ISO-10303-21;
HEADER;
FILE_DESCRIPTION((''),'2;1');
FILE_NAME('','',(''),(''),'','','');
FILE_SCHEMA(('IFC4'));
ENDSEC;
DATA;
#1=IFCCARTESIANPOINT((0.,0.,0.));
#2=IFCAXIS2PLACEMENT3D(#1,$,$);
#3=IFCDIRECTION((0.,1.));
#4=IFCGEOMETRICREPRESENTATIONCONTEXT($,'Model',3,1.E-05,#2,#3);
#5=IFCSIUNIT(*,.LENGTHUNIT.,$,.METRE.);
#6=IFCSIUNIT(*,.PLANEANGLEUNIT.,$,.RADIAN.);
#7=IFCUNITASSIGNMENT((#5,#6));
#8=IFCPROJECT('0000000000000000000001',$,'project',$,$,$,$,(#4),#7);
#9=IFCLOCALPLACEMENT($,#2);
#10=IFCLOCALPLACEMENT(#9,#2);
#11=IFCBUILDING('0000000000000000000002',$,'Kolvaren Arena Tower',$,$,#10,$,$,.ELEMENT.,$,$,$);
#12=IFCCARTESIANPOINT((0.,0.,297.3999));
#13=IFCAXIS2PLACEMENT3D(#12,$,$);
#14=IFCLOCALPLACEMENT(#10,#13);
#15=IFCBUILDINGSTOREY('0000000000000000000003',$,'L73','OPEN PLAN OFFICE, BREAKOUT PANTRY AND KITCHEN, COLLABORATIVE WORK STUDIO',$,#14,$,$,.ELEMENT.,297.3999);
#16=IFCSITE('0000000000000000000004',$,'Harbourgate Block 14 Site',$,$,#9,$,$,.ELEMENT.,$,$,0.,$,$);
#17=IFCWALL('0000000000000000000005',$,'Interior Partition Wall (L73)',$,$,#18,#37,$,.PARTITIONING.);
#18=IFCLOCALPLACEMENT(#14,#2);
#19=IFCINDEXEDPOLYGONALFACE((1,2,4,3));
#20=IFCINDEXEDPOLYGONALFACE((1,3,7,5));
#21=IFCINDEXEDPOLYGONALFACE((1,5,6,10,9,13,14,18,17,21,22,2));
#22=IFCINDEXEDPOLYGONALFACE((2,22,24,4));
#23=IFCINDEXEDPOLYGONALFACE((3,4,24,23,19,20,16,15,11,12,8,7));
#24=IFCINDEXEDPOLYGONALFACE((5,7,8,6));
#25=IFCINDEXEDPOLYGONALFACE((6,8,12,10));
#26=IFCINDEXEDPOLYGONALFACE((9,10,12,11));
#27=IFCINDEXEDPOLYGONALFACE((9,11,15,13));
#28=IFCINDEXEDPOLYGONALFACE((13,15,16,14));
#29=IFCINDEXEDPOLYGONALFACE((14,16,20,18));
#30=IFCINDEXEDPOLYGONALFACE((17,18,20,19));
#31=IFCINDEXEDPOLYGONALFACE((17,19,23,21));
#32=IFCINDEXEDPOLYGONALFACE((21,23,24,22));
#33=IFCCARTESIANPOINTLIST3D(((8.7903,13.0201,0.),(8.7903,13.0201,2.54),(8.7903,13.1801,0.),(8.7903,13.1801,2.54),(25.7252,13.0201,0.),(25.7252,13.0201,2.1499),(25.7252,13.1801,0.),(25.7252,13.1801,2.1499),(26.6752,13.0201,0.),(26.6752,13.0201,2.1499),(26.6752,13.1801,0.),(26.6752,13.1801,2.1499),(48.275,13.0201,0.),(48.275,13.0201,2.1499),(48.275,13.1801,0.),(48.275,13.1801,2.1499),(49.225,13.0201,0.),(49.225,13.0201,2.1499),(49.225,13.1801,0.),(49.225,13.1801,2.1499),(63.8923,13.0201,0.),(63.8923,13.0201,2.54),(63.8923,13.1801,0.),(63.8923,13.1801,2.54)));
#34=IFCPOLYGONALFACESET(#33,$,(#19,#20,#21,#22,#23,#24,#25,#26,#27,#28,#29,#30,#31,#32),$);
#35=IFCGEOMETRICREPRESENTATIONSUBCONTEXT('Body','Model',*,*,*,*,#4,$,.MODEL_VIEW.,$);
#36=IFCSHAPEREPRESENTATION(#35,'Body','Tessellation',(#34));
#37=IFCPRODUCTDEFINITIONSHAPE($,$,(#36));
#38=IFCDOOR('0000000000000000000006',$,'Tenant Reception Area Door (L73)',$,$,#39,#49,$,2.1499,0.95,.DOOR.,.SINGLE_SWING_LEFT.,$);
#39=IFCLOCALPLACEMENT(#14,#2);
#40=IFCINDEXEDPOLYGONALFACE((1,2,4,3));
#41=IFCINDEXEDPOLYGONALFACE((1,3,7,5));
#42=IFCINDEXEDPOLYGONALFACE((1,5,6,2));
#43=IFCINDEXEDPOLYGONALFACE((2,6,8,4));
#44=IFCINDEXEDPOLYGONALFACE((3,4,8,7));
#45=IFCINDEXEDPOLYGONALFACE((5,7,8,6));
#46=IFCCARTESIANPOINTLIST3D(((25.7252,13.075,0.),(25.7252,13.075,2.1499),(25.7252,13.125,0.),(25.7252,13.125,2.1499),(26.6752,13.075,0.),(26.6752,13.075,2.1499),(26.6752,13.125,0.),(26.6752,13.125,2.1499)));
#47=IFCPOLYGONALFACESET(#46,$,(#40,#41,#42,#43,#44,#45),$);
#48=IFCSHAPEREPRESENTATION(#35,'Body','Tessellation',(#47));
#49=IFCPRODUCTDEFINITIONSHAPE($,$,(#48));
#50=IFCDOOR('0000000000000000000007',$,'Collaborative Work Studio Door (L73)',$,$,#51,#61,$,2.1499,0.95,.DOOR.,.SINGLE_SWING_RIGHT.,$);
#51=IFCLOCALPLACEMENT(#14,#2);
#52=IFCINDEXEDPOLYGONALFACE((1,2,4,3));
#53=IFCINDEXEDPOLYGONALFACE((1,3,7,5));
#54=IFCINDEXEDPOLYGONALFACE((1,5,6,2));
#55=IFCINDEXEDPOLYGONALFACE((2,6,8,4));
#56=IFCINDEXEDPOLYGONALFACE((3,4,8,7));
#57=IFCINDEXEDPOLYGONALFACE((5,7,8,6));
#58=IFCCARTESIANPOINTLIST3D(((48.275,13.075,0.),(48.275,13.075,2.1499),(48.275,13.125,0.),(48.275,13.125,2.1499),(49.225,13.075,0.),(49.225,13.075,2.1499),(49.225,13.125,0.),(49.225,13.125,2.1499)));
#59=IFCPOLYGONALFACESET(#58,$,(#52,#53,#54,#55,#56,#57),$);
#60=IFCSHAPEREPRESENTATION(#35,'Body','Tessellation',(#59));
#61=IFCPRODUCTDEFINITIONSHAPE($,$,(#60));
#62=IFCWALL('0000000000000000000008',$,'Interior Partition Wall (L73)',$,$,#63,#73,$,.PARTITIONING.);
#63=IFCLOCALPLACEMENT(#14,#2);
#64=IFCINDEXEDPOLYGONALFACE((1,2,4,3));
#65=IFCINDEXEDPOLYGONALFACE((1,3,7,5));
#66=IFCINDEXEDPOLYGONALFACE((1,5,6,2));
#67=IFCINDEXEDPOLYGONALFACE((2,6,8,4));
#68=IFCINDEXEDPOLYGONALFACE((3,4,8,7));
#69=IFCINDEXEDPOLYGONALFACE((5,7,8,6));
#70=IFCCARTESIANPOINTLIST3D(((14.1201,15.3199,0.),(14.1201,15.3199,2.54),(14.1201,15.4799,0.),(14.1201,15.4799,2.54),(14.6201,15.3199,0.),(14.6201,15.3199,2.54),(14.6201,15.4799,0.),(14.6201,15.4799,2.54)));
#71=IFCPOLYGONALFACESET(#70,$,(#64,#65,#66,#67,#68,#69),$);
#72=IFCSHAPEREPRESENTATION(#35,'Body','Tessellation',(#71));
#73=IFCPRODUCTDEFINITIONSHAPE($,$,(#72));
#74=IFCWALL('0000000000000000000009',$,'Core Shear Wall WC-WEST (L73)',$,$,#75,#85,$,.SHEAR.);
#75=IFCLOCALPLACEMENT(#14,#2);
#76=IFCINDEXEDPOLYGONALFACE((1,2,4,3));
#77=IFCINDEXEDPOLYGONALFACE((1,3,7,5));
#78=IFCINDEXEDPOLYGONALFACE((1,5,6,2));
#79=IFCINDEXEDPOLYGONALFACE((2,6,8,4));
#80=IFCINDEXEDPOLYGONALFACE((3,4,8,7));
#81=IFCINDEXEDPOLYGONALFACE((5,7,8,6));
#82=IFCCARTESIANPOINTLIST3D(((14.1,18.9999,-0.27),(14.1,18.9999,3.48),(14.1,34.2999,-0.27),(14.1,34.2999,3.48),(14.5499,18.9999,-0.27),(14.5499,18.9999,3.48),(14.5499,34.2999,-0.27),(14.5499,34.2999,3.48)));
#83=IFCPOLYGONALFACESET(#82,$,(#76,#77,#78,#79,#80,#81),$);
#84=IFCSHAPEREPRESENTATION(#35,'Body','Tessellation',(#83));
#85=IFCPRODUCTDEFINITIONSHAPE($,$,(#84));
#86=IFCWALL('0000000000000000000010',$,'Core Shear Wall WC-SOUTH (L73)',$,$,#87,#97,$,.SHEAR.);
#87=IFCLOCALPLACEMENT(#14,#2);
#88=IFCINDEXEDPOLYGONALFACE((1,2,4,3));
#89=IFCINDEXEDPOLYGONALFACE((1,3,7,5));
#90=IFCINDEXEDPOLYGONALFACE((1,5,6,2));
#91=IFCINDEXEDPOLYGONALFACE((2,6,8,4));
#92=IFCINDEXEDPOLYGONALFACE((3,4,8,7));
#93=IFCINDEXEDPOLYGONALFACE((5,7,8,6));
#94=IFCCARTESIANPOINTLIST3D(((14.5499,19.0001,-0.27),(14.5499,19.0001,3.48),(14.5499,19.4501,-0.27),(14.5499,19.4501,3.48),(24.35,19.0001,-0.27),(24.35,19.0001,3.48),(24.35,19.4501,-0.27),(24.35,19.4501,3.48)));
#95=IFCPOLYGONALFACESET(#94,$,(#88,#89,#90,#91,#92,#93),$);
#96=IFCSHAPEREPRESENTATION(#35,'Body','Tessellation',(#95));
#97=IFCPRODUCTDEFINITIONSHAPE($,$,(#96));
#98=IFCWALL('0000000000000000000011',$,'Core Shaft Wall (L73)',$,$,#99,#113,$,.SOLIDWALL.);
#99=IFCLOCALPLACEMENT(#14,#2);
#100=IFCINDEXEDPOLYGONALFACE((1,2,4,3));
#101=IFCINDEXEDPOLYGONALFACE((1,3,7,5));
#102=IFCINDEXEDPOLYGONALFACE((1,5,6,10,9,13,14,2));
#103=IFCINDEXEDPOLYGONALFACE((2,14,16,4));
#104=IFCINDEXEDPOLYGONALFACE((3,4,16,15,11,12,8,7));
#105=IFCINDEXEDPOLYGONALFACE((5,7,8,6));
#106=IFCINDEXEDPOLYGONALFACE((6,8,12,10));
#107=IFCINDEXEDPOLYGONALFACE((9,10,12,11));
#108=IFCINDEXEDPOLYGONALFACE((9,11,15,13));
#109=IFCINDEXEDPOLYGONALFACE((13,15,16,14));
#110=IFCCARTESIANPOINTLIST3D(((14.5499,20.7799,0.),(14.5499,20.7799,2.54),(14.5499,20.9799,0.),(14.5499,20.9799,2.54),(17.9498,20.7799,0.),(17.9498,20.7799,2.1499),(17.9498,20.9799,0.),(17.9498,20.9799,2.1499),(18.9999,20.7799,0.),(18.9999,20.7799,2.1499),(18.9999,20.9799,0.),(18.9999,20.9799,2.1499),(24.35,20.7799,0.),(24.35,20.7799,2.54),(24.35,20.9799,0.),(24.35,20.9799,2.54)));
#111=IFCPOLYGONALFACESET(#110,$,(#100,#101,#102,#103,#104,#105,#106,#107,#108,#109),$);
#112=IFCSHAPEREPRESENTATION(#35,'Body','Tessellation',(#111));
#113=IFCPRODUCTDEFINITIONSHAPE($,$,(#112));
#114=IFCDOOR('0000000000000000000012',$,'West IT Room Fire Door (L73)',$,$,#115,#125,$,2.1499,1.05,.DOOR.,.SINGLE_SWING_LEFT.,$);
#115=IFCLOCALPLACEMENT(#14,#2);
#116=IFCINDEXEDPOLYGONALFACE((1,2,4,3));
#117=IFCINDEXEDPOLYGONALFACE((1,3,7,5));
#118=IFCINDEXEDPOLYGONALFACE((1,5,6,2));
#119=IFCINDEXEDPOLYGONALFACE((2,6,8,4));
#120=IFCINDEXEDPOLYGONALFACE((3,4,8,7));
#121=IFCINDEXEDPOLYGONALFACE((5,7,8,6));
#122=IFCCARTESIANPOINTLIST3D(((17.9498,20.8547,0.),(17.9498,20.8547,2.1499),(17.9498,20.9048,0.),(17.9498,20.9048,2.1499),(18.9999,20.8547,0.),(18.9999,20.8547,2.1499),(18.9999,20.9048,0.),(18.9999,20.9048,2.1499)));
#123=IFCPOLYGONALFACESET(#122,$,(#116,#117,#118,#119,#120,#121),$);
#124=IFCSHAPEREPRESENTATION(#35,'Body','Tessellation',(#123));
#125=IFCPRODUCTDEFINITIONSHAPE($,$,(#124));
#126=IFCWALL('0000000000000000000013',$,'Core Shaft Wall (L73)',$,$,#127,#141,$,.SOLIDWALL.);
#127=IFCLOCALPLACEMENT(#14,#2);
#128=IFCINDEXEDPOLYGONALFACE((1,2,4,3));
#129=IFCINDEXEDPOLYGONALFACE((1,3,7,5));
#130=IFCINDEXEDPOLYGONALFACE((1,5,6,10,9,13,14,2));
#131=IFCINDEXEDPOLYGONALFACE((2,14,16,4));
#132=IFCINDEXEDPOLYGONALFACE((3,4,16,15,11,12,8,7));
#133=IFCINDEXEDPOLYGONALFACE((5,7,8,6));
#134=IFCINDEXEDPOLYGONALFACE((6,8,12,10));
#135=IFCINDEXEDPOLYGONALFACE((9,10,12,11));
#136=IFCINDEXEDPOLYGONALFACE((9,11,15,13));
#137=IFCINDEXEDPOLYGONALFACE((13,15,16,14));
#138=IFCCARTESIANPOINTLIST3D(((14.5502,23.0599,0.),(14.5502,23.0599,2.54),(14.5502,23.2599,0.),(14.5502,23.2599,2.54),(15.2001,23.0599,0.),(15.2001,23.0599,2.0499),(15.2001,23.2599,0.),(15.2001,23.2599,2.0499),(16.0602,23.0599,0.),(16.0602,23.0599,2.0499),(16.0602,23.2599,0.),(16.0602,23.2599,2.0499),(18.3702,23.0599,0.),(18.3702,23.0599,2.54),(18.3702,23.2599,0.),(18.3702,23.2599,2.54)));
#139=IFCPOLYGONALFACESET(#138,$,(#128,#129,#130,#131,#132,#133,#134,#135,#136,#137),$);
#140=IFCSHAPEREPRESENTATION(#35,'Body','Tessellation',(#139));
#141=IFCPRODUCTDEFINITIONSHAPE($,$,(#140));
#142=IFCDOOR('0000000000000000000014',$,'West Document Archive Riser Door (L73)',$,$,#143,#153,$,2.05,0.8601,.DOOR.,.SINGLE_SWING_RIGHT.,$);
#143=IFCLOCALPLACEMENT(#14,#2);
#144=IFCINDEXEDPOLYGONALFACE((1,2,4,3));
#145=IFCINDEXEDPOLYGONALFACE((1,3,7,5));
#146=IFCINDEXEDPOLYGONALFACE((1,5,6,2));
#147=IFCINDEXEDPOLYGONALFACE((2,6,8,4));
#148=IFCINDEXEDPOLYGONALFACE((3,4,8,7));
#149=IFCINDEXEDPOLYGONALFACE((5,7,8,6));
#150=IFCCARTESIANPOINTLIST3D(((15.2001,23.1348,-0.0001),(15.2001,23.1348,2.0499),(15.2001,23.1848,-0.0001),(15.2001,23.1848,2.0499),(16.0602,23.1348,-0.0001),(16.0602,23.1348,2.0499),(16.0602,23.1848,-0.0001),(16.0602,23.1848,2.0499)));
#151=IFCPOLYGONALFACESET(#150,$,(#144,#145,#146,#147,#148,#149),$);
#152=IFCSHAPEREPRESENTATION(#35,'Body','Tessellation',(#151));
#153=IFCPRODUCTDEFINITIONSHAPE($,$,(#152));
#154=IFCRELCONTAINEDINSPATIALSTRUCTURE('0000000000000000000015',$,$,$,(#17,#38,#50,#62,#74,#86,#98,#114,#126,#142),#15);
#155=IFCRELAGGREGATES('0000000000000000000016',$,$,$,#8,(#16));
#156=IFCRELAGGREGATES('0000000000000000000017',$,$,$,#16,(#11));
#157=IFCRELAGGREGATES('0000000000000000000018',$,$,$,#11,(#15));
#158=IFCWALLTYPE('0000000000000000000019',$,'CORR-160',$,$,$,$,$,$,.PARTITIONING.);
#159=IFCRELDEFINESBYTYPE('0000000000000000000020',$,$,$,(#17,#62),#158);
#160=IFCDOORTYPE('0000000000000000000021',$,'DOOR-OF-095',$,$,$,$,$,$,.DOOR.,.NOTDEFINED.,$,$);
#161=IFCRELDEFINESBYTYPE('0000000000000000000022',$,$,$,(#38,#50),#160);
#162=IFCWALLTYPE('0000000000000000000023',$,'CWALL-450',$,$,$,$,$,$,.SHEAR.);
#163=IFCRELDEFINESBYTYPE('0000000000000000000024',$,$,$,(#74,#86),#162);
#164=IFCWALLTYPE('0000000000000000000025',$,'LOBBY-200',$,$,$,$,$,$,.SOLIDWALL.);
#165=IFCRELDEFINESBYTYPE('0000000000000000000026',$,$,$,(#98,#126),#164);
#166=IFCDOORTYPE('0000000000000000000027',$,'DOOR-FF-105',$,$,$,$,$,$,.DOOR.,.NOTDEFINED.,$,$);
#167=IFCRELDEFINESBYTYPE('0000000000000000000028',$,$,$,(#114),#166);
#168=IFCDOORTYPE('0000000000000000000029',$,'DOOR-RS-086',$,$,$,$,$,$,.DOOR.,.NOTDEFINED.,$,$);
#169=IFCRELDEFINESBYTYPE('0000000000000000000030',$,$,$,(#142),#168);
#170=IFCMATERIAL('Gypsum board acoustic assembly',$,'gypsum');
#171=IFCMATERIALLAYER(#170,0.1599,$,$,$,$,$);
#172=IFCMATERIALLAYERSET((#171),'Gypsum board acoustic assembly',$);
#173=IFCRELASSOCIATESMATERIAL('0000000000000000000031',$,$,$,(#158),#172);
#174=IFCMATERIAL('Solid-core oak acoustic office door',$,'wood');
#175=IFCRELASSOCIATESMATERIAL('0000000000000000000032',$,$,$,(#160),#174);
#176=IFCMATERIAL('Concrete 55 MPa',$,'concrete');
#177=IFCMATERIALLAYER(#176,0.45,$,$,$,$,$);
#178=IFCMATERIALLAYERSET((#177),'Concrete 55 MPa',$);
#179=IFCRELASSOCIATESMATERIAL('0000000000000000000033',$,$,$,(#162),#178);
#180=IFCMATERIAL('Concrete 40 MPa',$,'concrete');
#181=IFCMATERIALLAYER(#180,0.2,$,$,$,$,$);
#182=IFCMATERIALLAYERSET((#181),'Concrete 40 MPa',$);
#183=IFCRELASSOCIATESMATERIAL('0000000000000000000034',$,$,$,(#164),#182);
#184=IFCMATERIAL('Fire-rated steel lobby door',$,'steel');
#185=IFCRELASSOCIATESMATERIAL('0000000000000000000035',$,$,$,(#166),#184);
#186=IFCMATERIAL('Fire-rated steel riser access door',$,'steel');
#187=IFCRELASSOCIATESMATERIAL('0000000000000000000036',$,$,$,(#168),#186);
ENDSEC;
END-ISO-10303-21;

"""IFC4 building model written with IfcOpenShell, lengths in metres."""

from ifc_helpers import new_model, si_unit, direction, frame, frame_2d, origin, place, context, subcontext, project, spatial, rectangle, extrude, material, layer, layer_set, type_object, element, fill, save


model = new_model("IFC4")

# Units and contexts
model_context = context("Model", 3, precision=1e-05, world=origin(), true_north=direction((0.0, 1.0)))
body_context = subcontext(model_context, "Body", "Model", "MODEL_VIEW")
ifc_project = project(units=[si_unit("LENGTHUNIT", "METRE"), si_unit("PLANEANGLEUNIT", "RADIAN")], contexts=[model_context])

# Site, building, storey
site_placement = place(None, origin())
site = spatial("IfcSite", under=ifc_project, at=site_placement, Name="Harbourgate Block 14 Site", CompositionType="ELEMENT", RefElevation=0.0)
building_placement = place(site_placement, origin())
building = spatial("IfcBuilding", under=site, at=building_placement, Name="Kolvaren Arena Tower", CompositionType="ELEMENT")
storey_placement = place(building_placement, frame((0.0, 0.0, 297.3999)))
storey = spatial("IfcBuildingStorey", under=building, at=storey_placement, Name="L73", Description="OPEN PLAN OFFICE, BREAKOUT PANTRY AND KITCHEN, COLLABORATIVE WORK STUDIO", CompositionType="ELEMENT", Elevation=297.3999)

# Wall, openings, doors
ifc_material_1 = material(Name="Gypsum board acoustic assembly", Category="gypsum")
ifc_layer_1 = layer(ifc_material_1, 0.1599)
ifc_layer_set_1 = layer_set([ifc_layer_1], Name="Gypsum board acoustic assembly")
wall_type_1 = type_object("IfcWallType", Name="CORR-160", PredefinedType="PARTITIONING", material=ifc_layer_set_1)
wall_1_placement = place(storey_placement, frame((8.7903, 13.1001, 0.0), z_axis=(0.0, 0.0, 1.0), x_axis=(1.0, 0.0, 0.0)))
wall_1 = element("IfcWall", 1, at=wall_1_placement, inside=storey, type_object=wall_type_1, Name="Interior Partition Wall (L73)", PredefinedType="PARTITIONING", context=body_context, shape_type="SweptSolid", body=[
    extrude(rectangle(XDim=55.1021, YDim=0.1599, at=frame_2d((27.551, 0.0))), origin(), (0.0, 0.0, 1.0), 2.54),
])
opening_1_placement = place(wall_1_placement, frame((16.9348, 0.0, 0.0)))
opening_1 = element("IfcOpeningElement", 2, at=opening_1_placement, cuts=wall_1, PredefinedType="OPENING", context=body_context, shape_type="SweptSolid", body=[
    extrude(rectangle(XDim=0.95, YDim=2.1499, at=frame_2d((0.4751, 1.075))), frame((0.0, 0.0898, 0.0), z_axis=(0.0, -1.0, 0.0), x_axis=(1.0, 0.0, 0.0)), (0.0, 0.0, 1.0), 0.1799),
])
opening_2_placement = place(wall_1_placement, frame((39.4846, 0.0, 0.0)))
opening_2 = element("IfcOpeningElement", 3, at=opening_2_placement, cuts=wall_1, PredefinedType="OPENING", context=body_context, shape_type="SweptSolid", body=[
    extrude(rectangle(XDim=0.95, YDim=2.1499, at=frame_2d((0.4751, 1.075))), frame((0.0, 0.0898, 0.0), z_axis=(0.0, -1.0, 0.0), x_axis=(1.0, 0.0, 0.0)), (0.0, 0.0, 1.0), 0.1799),
])
ifc_material_2 = material(Name="Solid-core oak acoustic office door", Category="wood")
door_type_1 = type_object("IfcDoorType", Name="DOOR-OF-095", OperationType="NOTDEFINED", PredefinedType="DOOR", material=ifc_material_2)
door_1_placement = place(opening_1_placement, origin())
door_1 = element("IfcDoor", 4, at=door_1_placement, inside=storey, type_object=door_type_1, Name="Tenant Reception Area Door (L73)", OperationType="SINGLE_SWING_LEFT", OverallHeight=2.1499, OverallWidth=0.95, PredefinedType="DOOR", context=body_context, shape_type="SweptSolid", body=[
    extrude(rectangle(XDim=0.95, YDim=2.1499, at=frame_2d((0.4751, 1.075))), frame((0.0, 0.0249, 0.0), z_axis=(0.0, -1.0, 0.0), x_axis=(1.0, 0.0, 0.0)), (0.0, 0.0, 1.0), 0.05),
])
fill(opening_1, door_1)
door_2_placement = place(opening_2_placement, origin())
door_2 = element("IfcDoor", 5, at=door_2_placement, inside=storey, type_object=door_type_1, Name="Collaborative Work Studio Door (L73)", OperationType="SINGLE_SWING_RIGHT", OverallHeight=2.1499, OverallWidth=0.95, PredefinedType="DOOR", context=body_context, shape_type="SweptSolid", body=[
    extrude(rectangle(XDim=0.95, YDim=2.1499, at=frame_2d((0.4751, 1.075))), frame((0.0, 0.0249, 0.0), z_axis=(0.0, -1.0, 0.0), x_axis=(1.0, 0.0, 0.0)), (0.0, 0.0, 1.0), 0.05),
])
fill(opening_2, door_2)

# Walls
wall_2_placement = place(storey_placement, frame((14.1201, 15.3999, 0.0), z_axis=(0.0, 0.0, 1.0), x_axis=(1.0, 0.0, 0.0)))
element("IfcWall", 6, at=wall_2_placement, inside=storey, type_object=wall_type_1, Name="Interior Partition Wall (L73)", PredefinedType="PARTITIONING", context=body_context, shape_type="SweptSolid", body=[
    extrude(rectangle(XDim=0.5, YDim=0.1599, at=frame_2d((0.25, 0.0))), origin(), (0.0, 0.0, 1.0), 2.54),
])
ifc_material_3 = material(Name="Concrete 55 MPa", Category="concrete")
ifc_layer_2 = layer(ifc_material_3, 0.45)
ifc_layer_set_2 = layer_set([ifc_layer_2], Name="Concrete 55 MPa")
wall_type_2 = type_object("IfcWallType", Name="CWALL-450", PredefinedType="SHEAR", material=ifc_layer_set_2)
wall_3_placement = place(storey_placement, frame((14.325, 19.0, -0.27), z_axis=(0.0, 0.0, 1.0), x_axis=(0.0, 1.0, 0.0)))
element("IfcWall", 7, at=wall_3_placement, inside=storey, type_object=wall_type_2, Name="Core Shear Wall WC-WEST (L73)", PredefinedType="SHEAR", context=body_context, shape_type="SweptSolid", body=[
    extrude(rectangle(XDim=15.3, YDim=0.45, at=frame_2d((7.6499, 0.0))), origin(), (0.0, 0.0, 1.0), 3.75),
])
wall_4_placement = place(storey_placement, frame((14.55, 19.2251, -0.27), z_axis=(0.0, 0.0, 1.0), x_axis=(1.0, 0.0, 0.0)))
element("IfcWall", 8, at=wall_4_placement, inside=storey, type_object=wall_type_2, Name="Core Shear Wall WC-SOUTH (L73)", PredefinedType="SHEAR", context=body_context, shape_type="SweptSolid", body=[
    extrude(rectangle(XDim=9.8, YDim=0.45, at=frame_2d((4.8999, 0.0))), origin(), (0.0, 0.0, 1.0), 3.75),
])

# Walls, openings, doors
ifc_material_4 = material(Name="Concrete 40 MPa", Category="concrete")
ifc_layer_3 = layer(ifc_material_4, 0.2)
ifc_layer_set_3 = layer_set([ifc_layer_3], Name="Concrete 40 MPa")
wall_type_3 = type_object("IfcWallType", Name="LOBBY-200", PredefinedType="SOLIDWALL", material=ifc_layer_set_3)
wall_5_placement = place(storey_placement, frame((14.55, 20.8799, 0.0), z_axis=(0.0, 0.0, 1.0), x_axis=(1.0, 0.0, 0.0)))
wall_5 = element("IfcWall", 9, at=wall_5_placement, inside=storey, type_object=wall_type_3, Name="Core Shaft Wall (L73)", PredefinedType="SOLIDWALL", context=body_context, shape_type="SweptSolid", body=[
    extrude(rectangle(XDim=9.8, YDim=0.2, at=frame_2d((4.8999, 0.0))), origin(), (0.0, 0.0, 1.0), 2.54),
])
opening_3_placement = place(wall_5_placement, frame((3.3999, 0.0, 0.0)))
opening_3 = element("IfcOpeningElement", 10, at=opening_3_placement, cuts=wall_5, PredefinedType="OPENING", context=body_context, shape_type="SweptSolid", body=[
    extrude(rectangle(XDim=1.05, YDim=2.1499, at=frame_2d((0.5249, 1.075))), frame((0.0, 0.1099, 0.0), z_axis=(0.0, -1.0, 0.0), x_axis=(1.0, 0.0, 0.0)), (0.0, 0.0, 1.0), 0.22),
])
ifc_material_5 = material(Name="Fire-rated steel lobby door", Category="steel")
door_type_2 = type_object("IfcDoorType", Name="DOOR-FF-105", OperationType="NOTDEFINED", PredefinedType="DOOR", material=ifc_material_5)
door_3_placement = place(opening_3_placement, origin())
door_3 = element("IfcDoor", 11, at=door_3_placement, inside=storey, type_object=door_type_2, Name="West IT Room Fire Door (L73)", OperationType="SINGLE_SWING_LEFT", OverallHeight=2.1499, OverallWidth=1.05, PredefinedType="DOOR", context=body_context, shape_type="SweptSolid", body=[
    extrude(rectangle(XDim=1.05, YDim=2.1499, at=frame_2d((0.5249, 1.075))), frame((0.0, 0.0249, 0.0), z_axis=(0.0, -1.0, 0.0), x_axis=(1.0, 0.0, 0.0)), (0.0, 0.0, 1.0), 0.05),
])
fill(opening_3, door_3)
wall_6_placement = place(storey_placement, frame((14.55, 23.1599, 0.0), z_axis=(0.0, 0.0, 1.0), x_axis=(1.0, 0.0, 0.0)))
wall_6 = element("IfcWall", 12, at=wall_6_placement, inside=storey, type_object=wall_type_3, Name="Core Shaft Wall (L73)", PredefinedType="SOLIDWALL", context=body_context, shape_type="SweptSolid", body=[
    extrude(rectangle(XDim=3.8201, YDim=0.2, at=frame_2d((1.9102, 0.0))), origin(), (0.0, 0.0, 1.0), 2.54),
])
opening_4_placement = place(wall_6_placement, frame((0.6499, 0.0, 0.0)))
opening_4 = element("IfcOpeningElement", 13, at=opening_4_placement, cuts=wall_6, PredefinedType="OPENING", context=body_context, shape_type="SweptSolid", body=[
    extrude(rectangle(XDim=0.8601, YDim=2.05, at=frame_2d((0.4302, 1.0249))), frame((0.0, 0.1099, 0.0), z_axis=(0.0, -1.0, 0.0), x_axis=(1.0, 0.0, 0.0)), (0.0, 0.0, 1.0), 0.22),
])
ifc_material_6 = material(Name="Fire-rated steel riser access door", Category="steel")
door_type_3 = type_object("IfcDoorType", Name="DOOR-RS-086", OperationType="NOTDEFINED", PredefinedType="DOOR", material=ifc_material_6)
door_4_placement = place(opening_4_placement, origin())
door_4 = element("IfcDoor", 14, at=door_4_placement, inside=storey, type_object=door_type_3, Name="West Document Archive Riser Door (L73)", OperationType="SINGLE_SWING_RIGHT", OverallHeight=2.05, OverallWidth=0.8601, PredefinedType="DOOR", context=body_context, shape_type="SweptSolid", body=[
    extrude(rectangle(XDim=0.8601, YDim=2.05, at=frame_2d((0.4302, 1.0249))), frame((0.0, 0.0249, 0.0), z_axis=(0.0, -1.0, 0.0), x_axis=(1.0, 0.0, 0.0)), (0.0, 0.0, 1.0), 0.05),
])
fill(opening_4, door_4)

save(model, "model.ifc")
